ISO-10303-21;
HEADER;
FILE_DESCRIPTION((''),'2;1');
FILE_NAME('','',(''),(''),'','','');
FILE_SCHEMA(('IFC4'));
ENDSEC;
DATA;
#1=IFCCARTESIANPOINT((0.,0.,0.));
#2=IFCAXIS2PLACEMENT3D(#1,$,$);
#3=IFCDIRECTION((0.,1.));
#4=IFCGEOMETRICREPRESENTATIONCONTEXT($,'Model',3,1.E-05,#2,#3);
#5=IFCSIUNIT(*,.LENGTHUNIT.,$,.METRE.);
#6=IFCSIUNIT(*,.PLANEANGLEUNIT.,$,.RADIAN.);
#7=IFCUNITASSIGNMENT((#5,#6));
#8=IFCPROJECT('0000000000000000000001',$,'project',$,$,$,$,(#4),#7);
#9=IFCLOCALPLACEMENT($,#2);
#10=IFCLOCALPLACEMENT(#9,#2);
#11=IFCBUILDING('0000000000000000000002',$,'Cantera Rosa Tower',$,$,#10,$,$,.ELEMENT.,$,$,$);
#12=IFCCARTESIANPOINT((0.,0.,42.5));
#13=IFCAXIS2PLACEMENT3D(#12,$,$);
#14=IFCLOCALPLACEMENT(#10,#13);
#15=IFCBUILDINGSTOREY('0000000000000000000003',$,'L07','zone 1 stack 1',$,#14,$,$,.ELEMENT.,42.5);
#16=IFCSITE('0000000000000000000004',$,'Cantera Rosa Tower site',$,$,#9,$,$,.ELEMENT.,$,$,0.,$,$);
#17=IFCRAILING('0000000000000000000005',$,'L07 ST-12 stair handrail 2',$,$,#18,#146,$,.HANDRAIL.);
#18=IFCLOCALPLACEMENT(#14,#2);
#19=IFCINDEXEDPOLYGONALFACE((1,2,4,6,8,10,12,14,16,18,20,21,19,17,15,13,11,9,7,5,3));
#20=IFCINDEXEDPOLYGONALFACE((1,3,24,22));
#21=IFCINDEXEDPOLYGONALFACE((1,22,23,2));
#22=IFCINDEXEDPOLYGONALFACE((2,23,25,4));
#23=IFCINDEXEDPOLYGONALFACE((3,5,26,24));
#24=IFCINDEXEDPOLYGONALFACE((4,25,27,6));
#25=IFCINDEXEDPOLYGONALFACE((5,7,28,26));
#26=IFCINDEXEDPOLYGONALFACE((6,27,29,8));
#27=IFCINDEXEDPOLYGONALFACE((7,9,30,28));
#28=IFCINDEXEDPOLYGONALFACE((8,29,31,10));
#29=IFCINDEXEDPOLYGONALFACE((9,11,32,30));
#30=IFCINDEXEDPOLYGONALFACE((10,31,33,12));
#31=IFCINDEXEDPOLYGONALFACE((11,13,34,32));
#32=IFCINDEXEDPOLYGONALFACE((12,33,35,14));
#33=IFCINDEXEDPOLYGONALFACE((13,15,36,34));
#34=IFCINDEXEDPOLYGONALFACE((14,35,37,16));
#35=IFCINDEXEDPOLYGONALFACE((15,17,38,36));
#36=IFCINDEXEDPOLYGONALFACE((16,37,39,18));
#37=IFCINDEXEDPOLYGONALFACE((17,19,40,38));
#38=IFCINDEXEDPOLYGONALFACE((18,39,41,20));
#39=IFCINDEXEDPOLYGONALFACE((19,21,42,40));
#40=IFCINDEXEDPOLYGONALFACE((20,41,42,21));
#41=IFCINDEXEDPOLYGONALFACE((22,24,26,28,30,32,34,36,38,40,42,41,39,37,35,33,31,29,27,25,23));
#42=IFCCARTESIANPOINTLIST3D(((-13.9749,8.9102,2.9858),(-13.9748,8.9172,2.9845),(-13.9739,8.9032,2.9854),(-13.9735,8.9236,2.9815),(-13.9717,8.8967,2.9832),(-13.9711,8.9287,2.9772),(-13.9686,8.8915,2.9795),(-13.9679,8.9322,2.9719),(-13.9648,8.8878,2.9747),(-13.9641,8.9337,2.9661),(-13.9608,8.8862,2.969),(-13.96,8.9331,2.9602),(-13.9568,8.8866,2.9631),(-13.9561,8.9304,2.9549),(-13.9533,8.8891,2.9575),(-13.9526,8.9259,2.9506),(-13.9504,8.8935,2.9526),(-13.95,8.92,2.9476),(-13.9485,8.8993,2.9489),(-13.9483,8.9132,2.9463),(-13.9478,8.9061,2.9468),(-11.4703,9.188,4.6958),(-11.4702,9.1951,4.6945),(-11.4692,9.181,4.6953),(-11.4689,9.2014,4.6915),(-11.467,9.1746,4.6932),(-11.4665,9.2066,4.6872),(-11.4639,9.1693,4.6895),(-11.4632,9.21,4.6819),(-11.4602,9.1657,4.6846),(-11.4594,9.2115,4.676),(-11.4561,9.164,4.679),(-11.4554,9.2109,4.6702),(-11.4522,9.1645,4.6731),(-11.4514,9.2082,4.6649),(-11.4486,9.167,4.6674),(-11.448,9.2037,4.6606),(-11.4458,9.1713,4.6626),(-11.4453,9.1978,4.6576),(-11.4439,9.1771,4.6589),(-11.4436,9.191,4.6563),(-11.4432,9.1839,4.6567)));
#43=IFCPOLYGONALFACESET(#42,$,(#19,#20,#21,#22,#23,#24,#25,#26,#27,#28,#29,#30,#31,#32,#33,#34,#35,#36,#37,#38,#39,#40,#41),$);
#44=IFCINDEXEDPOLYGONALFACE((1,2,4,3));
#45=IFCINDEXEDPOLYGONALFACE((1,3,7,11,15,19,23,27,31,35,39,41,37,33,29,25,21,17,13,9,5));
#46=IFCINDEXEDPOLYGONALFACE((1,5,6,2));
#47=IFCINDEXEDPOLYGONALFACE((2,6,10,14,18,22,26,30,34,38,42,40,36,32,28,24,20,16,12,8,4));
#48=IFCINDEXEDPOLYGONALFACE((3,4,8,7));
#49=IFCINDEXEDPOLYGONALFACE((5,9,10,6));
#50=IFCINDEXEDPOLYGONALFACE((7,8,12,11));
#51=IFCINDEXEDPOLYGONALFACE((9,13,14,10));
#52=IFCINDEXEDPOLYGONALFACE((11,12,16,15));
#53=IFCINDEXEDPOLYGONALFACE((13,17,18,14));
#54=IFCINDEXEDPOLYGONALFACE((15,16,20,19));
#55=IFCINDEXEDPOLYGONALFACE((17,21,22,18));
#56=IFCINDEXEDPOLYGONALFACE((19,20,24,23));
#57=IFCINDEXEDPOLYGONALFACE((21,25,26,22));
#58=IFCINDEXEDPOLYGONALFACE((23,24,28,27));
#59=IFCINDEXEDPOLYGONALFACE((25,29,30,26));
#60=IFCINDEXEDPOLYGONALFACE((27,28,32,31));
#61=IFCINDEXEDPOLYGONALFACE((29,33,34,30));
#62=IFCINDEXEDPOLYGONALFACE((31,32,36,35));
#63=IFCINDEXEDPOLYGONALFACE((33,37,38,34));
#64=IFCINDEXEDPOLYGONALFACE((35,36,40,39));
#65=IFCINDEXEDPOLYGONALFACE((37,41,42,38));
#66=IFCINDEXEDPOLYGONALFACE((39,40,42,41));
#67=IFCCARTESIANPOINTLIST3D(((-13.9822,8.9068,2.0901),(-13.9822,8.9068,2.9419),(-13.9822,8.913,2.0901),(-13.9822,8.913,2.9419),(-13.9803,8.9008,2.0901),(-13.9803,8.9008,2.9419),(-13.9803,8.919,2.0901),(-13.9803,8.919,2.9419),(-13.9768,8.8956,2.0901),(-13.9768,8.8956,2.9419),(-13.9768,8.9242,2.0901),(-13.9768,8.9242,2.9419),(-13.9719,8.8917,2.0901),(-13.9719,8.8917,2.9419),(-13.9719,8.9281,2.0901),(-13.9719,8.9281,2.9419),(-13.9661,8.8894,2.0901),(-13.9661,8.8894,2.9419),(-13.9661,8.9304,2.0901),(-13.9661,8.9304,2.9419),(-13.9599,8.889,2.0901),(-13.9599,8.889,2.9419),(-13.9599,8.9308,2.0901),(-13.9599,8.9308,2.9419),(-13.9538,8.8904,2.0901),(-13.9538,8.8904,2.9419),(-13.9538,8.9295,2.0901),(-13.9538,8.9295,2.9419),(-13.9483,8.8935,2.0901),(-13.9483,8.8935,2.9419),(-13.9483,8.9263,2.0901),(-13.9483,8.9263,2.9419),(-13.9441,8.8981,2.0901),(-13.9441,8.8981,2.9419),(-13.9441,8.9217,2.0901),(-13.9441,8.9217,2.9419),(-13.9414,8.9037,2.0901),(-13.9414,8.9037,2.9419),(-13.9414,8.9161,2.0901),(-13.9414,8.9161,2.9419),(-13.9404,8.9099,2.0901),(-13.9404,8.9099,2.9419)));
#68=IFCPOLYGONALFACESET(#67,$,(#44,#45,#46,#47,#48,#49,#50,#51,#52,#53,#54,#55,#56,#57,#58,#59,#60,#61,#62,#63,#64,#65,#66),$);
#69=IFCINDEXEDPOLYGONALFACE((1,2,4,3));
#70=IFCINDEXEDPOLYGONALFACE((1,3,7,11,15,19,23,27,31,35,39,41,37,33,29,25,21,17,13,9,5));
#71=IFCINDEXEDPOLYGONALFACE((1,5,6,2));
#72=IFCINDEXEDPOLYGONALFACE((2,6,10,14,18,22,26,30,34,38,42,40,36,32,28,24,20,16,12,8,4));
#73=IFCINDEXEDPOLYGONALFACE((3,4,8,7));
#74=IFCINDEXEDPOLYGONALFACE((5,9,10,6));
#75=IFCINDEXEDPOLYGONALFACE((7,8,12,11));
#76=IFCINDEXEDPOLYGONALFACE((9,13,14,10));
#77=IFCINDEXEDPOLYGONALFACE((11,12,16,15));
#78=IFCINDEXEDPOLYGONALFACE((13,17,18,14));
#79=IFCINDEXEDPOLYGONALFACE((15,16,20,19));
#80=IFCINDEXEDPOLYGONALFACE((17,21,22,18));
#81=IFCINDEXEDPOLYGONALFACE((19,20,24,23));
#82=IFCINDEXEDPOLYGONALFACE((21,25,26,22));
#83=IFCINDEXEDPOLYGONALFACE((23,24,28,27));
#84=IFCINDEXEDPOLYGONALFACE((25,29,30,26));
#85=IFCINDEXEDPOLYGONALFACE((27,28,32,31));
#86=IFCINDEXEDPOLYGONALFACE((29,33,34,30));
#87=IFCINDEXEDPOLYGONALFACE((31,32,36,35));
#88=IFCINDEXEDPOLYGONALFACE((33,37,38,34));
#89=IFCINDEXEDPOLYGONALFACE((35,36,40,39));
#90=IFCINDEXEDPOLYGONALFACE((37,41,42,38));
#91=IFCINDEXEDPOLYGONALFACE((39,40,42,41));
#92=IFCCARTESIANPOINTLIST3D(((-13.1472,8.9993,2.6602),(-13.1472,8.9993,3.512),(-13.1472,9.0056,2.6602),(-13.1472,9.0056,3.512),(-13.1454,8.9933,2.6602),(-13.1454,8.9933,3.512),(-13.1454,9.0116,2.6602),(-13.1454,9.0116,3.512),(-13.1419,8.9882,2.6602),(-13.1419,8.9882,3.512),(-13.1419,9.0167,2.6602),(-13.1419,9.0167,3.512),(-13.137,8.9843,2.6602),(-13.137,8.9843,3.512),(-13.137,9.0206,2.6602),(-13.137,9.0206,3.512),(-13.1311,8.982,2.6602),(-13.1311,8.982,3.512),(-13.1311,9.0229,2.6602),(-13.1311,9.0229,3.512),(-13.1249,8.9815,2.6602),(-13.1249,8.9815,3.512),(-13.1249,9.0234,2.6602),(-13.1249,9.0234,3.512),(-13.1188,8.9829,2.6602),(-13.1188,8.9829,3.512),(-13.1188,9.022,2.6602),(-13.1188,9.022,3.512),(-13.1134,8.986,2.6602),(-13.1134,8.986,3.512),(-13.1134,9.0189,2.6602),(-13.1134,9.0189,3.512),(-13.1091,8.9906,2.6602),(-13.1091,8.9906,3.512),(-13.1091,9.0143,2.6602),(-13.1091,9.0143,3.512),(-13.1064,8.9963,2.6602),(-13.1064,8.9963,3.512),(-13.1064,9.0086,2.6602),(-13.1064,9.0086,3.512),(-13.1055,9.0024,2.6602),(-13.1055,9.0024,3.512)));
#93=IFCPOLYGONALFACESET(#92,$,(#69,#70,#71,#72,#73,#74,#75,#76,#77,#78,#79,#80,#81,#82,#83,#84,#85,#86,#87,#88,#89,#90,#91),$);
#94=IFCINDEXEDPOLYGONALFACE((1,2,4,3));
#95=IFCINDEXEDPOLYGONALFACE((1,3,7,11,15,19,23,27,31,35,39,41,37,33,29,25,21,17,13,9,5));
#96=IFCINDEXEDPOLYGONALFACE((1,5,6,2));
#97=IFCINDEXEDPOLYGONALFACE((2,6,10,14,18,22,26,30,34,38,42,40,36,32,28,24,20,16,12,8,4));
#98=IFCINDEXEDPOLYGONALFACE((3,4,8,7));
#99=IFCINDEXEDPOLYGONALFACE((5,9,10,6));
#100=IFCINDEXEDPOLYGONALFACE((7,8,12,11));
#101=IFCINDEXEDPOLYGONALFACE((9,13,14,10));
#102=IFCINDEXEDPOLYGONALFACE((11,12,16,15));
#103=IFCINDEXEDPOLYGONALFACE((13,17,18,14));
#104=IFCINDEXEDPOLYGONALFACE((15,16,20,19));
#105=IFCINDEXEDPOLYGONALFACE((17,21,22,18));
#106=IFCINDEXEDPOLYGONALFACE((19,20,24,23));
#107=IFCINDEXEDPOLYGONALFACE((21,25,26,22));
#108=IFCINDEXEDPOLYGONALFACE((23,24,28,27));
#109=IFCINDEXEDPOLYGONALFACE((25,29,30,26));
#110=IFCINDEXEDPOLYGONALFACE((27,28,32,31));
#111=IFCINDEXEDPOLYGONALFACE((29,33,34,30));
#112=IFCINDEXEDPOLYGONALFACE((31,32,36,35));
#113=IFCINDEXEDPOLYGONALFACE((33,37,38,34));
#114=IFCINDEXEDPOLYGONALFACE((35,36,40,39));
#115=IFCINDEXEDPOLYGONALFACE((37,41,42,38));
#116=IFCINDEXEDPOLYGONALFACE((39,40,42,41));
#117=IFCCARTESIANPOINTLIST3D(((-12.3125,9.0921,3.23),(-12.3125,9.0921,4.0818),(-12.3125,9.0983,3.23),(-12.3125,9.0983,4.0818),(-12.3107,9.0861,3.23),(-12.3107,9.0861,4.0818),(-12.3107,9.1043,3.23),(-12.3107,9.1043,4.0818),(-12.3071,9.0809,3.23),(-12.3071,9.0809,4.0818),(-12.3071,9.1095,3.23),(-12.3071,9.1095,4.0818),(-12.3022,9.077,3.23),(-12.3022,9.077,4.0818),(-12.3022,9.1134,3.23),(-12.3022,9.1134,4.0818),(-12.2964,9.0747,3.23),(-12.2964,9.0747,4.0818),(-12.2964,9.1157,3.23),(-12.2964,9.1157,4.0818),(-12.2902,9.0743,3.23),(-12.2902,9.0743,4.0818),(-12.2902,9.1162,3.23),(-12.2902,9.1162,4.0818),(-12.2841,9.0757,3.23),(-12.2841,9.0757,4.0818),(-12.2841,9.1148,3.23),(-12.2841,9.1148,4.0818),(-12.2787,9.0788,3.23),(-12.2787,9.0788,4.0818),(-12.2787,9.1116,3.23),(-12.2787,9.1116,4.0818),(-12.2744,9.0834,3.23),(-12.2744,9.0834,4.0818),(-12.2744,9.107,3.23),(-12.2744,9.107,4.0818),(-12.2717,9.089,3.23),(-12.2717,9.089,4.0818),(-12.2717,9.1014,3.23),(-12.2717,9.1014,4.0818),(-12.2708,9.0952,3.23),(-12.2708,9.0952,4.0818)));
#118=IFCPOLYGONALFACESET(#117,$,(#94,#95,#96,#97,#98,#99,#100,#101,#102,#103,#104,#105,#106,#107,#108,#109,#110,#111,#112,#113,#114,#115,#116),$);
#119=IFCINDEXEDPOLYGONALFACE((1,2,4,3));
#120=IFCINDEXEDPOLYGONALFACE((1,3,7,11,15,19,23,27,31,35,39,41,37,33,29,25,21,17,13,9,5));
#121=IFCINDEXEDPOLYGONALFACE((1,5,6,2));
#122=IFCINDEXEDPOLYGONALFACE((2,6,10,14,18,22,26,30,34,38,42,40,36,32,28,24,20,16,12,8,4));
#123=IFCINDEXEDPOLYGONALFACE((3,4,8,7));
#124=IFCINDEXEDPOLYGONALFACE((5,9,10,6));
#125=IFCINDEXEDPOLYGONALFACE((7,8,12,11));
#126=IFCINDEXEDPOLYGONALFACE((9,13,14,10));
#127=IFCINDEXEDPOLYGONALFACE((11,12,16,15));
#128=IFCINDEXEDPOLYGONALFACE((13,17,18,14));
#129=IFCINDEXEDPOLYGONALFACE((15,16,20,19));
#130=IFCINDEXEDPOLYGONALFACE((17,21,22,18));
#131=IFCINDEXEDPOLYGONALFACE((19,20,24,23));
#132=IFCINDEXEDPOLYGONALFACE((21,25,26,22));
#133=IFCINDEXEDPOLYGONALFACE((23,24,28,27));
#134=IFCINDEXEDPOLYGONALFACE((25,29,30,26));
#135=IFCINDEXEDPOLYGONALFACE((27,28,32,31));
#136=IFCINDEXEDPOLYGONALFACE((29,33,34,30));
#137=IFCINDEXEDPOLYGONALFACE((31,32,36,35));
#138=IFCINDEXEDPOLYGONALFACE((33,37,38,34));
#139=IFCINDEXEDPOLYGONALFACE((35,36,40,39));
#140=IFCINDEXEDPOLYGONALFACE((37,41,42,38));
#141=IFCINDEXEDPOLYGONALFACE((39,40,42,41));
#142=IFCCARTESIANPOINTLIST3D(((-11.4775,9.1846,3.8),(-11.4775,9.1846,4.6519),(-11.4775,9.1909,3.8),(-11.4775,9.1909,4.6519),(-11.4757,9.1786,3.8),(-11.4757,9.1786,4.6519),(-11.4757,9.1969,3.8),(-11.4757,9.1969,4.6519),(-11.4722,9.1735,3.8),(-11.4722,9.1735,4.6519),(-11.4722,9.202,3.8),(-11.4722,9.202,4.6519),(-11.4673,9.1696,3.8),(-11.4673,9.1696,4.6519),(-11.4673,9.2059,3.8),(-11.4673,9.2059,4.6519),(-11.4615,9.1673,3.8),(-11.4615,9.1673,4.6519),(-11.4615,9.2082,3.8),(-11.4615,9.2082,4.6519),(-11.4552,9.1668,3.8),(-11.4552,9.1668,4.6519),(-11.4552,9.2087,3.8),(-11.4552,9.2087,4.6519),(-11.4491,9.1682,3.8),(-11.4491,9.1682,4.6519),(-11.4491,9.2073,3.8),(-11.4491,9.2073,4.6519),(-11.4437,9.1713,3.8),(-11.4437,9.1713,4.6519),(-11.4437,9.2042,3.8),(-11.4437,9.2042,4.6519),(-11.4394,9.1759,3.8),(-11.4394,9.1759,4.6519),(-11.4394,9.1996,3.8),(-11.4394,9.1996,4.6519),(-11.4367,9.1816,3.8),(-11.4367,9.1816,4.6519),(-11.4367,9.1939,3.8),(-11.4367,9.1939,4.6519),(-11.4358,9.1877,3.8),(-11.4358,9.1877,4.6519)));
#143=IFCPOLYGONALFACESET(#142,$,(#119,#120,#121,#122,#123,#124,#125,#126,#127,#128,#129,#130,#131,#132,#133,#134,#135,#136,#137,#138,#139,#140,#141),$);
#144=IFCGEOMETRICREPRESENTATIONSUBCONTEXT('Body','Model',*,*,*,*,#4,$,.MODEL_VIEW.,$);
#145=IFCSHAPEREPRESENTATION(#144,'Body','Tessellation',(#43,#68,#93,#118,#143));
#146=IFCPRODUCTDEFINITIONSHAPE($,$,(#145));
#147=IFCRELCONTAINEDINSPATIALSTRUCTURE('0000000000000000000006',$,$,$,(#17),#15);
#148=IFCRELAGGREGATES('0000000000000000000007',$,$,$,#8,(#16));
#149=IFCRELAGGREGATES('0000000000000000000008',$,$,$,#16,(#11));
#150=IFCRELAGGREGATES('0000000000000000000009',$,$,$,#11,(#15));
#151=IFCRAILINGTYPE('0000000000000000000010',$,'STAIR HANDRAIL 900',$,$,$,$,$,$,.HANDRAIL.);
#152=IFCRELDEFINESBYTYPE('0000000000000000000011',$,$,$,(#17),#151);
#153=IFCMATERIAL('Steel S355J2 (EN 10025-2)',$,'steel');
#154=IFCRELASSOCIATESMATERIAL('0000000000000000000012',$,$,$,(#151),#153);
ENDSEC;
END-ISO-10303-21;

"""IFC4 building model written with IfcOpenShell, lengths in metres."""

from ifc_helpers import new_model, si_unit, direction, frame, origin, origin_2d, place, context, subcontext, project, spatial, circle, extrude, material, type_object, element, save


model = new_model("IFC4")

# Units and contexts
model_context = context("Model", 3, precision=1e-05, world=origin(), true_north=direction((0.0, 1.0)))
body_context = subcontext(model_context, "Body", "Model", "MODEL_VIEW")
ifc_project = project(units=[si_unit("LENGTHUNIT", "METRE"), si_unit("PLANEANGLEUNIT", "RADIAN")], contexts=[model_context])

# Site, building, storey
site_placement = place(None, origin())
site = spatial("IfcSite", under=ifc_project, at=site_placement, Name="Cantera Rosa Tower site", CompositionType="ELEMENT", RefElevation=0.0)
building_placement = place(site_placement, origin())
building = spatial("IfcBuilding", under=site, at=building_placement, Name="Cantera Rosa Tower", CompositionType="ELEMENT")
storey_placement = place(building_placement, frame((0.0, 0.0, 42.5)))
storey = spatial("IfcBuildingStorey", under=building, at=storey_placement, Name="L07", Description="zone 1 stack 1", CompositionType="ELEMENT", Elevation=42.5)

# Railing
ifc_material_1 = material(Name="Steel S355J2 (EN 10025-2)", Category="steel")
railing_type_1 = type_object("IfcRailingType", Name="STAIR HANDRAIL 900", PredefinedType="HANDRAIL", material=ifc_material_1)
railing_1_placement = place(storey_placement, frame((-13.9614, 8.9099, 2.0901)))
element("IfcRailing", 1, at=railing_1_placement, inside=storey, type_object=railing_type_1, Name="L07 ST-12 stair handrail 2", PredefinedType="HANDRAIL", context=body_context, shape_type="SweptSolid", body=[
    extrude(circle(Radius=0.0239, at=origin_2d()), frame((0.0, 0.0, 0.876), z_axis=(0.822437, 0.091231, 0.561492), x_axis=(-0.110251, 0.993904, 0.0)), (0.0, 0.0, 1.0), 3.0454),
    extrude(circle(Radius=0.021, at=origin_2d()), origin(), (0.0, 0.0, 1.0), 0.8518),
    extrude(circle(Radius=0.021, at=origin_2d()), frame((0.835, 0.0925, 0.5701)), (0.0, 0.0, 1.0), 0.8518),
    extrude(circle(Radius=0.021, at=origin_2d()), frame((1.6697, 0.1853, 1.1399)), (0.0, 0.0, 1.0), 0.8518),
    extrude(circle(Radius=0.021, at=origin_2d()), frame((2.5046, 0.2778, 1.71)), (0.0, 0.0, 1.0), 0.8518),
])

save(model, "model.ifc")
